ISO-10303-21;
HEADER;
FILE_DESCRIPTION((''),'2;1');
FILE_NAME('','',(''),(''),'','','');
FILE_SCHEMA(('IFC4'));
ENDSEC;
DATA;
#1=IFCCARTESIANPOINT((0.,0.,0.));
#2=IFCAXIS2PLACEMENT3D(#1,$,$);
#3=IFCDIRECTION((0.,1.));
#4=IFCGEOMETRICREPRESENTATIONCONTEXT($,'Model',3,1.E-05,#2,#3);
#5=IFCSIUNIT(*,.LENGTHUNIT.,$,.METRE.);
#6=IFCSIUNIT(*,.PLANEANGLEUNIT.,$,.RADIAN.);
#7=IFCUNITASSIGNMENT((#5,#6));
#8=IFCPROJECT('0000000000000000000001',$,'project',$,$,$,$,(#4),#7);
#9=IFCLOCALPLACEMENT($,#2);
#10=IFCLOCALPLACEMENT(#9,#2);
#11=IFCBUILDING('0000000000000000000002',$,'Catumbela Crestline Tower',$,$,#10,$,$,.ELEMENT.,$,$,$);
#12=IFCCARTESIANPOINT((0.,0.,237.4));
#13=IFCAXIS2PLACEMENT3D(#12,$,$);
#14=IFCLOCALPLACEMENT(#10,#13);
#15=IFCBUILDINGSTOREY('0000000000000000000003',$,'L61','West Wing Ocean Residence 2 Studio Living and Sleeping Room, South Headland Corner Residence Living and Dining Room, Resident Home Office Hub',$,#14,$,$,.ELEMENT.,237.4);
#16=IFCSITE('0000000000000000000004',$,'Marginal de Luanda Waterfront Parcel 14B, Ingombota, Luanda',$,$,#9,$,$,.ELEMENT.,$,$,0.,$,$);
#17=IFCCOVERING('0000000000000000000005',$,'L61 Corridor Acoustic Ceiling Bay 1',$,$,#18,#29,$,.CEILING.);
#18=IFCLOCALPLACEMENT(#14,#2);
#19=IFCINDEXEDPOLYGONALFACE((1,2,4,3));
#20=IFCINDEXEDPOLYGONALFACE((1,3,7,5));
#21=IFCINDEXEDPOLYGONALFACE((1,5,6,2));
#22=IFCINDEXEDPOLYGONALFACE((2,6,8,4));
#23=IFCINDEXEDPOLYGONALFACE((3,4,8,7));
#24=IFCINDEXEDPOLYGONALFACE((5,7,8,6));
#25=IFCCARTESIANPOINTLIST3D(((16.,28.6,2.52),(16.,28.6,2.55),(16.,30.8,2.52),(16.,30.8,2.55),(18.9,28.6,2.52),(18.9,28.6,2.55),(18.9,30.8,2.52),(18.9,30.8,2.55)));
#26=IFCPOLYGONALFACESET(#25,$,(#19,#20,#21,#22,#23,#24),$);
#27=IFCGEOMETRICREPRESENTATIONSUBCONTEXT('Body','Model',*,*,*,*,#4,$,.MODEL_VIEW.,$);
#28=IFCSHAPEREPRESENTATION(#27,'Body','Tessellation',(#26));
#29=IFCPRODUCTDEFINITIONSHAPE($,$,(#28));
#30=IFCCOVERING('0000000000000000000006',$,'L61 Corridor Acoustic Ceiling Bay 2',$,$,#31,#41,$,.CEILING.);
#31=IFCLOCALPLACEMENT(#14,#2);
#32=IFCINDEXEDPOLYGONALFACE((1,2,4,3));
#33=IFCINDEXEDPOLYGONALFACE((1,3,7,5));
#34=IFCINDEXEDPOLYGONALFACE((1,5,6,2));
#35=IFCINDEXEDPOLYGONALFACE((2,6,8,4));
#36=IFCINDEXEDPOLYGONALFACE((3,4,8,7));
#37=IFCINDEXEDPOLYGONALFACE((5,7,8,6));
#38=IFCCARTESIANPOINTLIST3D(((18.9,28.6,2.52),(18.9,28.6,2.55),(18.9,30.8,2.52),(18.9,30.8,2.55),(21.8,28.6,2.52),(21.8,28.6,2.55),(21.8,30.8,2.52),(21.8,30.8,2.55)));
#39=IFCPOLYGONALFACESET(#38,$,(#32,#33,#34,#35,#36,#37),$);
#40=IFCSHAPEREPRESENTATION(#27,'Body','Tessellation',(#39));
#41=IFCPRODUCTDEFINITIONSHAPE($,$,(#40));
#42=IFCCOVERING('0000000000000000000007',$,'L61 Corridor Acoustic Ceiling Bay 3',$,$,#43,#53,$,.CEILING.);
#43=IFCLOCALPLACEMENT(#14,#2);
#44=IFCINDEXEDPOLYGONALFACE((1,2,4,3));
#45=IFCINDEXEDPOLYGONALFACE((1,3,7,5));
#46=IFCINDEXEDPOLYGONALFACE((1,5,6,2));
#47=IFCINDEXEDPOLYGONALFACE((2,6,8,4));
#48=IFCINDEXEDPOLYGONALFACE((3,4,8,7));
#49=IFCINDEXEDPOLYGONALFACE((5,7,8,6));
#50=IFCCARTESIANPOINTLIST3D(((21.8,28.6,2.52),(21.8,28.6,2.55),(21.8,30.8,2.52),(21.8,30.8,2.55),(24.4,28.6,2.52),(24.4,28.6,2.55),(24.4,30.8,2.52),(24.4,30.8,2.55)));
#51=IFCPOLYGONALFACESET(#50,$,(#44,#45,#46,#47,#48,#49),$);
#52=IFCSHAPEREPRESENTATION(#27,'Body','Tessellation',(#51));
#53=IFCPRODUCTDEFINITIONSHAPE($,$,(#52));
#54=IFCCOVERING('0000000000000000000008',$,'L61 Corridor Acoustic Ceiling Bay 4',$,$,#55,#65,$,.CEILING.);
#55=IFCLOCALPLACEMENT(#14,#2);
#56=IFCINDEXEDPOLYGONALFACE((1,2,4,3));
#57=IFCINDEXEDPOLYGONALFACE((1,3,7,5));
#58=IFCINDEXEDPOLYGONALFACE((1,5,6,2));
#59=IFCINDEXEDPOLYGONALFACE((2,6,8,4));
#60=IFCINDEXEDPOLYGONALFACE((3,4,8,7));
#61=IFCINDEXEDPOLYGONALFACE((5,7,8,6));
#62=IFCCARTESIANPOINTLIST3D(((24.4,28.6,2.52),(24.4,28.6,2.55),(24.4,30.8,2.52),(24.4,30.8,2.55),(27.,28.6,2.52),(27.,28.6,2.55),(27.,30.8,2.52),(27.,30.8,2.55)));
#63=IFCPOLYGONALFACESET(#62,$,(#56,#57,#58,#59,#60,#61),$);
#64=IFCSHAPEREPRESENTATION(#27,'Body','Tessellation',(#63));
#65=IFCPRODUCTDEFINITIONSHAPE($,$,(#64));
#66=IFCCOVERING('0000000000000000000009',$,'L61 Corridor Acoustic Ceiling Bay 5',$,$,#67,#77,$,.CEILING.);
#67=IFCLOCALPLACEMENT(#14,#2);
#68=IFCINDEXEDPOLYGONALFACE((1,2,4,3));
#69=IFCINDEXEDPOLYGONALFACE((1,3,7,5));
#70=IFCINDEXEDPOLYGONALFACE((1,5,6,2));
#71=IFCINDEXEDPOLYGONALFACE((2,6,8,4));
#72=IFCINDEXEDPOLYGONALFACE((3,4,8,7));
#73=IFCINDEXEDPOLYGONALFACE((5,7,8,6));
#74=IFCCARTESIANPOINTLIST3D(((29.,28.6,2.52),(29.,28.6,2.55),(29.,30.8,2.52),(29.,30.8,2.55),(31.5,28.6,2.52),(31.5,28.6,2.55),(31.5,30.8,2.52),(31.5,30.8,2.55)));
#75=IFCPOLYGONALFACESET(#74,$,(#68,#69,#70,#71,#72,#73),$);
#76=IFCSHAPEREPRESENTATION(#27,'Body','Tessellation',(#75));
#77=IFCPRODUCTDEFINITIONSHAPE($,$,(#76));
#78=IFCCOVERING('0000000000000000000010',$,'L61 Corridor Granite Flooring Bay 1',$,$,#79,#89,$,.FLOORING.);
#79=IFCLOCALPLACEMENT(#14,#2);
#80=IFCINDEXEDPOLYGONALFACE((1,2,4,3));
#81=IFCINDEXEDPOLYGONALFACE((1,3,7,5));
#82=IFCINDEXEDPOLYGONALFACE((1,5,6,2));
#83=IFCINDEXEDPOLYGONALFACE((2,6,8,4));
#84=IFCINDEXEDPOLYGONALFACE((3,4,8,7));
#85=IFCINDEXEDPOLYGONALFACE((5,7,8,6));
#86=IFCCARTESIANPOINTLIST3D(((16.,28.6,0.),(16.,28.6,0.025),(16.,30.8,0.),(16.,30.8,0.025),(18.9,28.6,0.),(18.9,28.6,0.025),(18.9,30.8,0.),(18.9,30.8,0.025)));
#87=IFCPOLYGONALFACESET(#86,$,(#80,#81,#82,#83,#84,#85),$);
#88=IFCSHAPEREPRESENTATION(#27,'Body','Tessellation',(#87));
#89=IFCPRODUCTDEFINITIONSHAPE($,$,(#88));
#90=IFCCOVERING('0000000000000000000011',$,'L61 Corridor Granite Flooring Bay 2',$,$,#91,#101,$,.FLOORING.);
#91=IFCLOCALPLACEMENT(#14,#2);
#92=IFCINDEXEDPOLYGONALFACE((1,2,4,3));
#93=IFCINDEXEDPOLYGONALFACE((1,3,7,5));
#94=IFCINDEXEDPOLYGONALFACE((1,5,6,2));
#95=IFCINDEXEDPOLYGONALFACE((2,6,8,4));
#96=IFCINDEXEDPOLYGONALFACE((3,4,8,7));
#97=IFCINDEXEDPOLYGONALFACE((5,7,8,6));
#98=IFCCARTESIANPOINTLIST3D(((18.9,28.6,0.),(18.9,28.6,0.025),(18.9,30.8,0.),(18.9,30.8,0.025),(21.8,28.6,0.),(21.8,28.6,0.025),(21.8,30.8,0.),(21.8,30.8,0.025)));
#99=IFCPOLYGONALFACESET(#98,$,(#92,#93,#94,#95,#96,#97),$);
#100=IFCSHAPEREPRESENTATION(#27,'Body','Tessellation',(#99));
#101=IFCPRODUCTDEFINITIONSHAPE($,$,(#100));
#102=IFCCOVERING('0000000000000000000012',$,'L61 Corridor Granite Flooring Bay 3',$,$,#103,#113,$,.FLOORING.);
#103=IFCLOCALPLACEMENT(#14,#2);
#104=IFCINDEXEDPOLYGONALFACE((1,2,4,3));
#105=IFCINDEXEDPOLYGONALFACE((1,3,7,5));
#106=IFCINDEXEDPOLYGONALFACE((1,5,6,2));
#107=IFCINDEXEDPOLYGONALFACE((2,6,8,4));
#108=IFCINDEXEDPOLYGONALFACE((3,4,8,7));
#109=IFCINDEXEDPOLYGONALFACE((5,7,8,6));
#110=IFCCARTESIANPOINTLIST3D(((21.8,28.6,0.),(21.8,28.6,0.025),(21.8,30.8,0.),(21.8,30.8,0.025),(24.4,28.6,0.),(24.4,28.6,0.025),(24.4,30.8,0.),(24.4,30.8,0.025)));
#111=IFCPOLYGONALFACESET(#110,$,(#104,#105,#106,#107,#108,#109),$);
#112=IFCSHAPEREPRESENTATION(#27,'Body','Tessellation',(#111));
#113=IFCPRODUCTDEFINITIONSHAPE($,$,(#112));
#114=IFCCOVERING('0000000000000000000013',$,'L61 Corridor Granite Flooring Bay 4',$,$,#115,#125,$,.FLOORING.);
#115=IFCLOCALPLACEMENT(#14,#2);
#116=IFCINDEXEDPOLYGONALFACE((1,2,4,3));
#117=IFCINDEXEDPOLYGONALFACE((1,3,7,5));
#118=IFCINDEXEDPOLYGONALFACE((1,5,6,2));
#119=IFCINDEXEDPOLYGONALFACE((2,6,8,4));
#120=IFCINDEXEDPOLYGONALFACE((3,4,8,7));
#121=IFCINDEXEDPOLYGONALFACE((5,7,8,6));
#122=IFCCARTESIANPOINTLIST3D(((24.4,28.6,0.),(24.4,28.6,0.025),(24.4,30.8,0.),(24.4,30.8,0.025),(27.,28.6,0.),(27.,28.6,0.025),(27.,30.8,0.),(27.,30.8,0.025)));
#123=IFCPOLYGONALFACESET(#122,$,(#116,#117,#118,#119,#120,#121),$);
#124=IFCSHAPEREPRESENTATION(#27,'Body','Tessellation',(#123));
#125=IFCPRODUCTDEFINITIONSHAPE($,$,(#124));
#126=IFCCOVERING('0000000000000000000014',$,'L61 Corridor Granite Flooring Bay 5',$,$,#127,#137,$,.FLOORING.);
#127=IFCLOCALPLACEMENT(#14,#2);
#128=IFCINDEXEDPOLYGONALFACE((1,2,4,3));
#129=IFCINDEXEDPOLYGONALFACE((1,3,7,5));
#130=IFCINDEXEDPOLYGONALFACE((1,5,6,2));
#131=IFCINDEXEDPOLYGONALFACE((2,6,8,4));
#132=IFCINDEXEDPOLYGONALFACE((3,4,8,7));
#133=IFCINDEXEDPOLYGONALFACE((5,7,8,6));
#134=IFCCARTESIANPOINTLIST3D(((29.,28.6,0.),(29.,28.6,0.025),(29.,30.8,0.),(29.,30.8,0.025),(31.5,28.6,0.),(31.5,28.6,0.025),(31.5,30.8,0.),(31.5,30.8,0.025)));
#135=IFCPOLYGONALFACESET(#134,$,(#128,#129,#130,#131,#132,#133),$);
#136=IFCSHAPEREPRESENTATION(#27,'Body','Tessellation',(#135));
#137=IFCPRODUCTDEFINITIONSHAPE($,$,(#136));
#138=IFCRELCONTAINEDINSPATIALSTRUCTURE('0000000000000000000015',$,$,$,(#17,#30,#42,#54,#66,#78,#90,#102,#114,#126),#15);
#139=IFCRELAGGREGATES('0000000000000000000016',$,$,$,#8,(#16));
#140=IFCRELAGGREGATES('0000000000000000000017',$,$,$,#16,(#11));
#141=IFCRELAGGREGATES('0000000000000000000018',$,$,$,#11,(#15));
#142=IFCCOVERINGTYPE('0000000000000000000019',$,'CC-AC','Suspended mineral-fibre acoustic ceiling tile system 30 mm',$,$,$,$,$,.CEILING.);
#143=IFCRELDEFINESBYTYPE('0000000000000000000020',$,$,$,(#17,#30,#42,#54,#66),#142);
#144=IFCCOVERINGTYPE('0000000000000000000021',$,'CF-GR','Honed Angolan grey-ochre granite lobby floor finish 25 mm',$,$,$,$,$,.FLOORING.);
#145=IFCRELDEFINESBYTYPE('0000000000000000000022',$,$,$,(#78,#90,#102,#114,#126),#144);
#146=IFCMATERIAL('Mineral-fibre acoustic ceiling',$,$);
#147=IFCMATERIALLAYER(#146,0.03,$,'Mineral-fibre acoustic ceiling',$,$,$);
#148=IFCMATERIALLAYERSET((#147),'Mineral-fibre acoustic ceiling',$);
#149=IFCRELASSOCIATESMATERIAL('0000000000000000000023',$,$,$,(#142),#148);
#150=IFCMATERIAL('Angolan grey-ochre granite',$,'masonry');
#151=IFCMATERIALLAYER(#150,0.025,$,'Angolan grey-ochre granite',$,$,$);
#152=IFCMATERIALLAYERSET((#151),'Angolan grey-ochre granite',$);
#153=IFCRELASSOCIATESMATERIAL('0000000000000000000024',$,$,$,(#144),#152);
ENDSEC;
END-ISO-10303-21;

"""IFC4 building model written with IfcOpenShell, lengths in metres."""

from ifc_helpers import new_model, si_unit, direction, frame, origin, place, context, subcontext, project, spatial, polyline, outline, extrude, material, layer, layer_set, type_object, element, save


model = new_model("IFC4")

# Units and contexts
model_context = context("Model", 3, precision=1e-05, world=origin(), true_north=direction((0.0, 1.0)))
body_context = subcontext(model_context, "Body", "Model", "MODEL_VIEW")
ifc_project = project(units=[si_unit("LENGTHUNIT", "METRE"), si_unit("PLANEANGLEUNIT", "RADIAN")], contexts=[model_context])

# Site, building, storey
site_placement = place(None, origin())
site = spatial("IfcSite", under=ifc_project, at=site_placement, Name="Marginal de Luanda Waterfront Parcel 14B, Ingombota, Luanda", CompositionType="ELEMENT", RefElevation=0.0)
building_placement = place(site_placement, origin())
building = spatial("IfcBuilding", under=site, at=building_placement, Name="Catumbela Crestline Tower", CompositionType="ELEMENT")
storey_placement = place(building_placement, frame((0.0, 0.0, 237.4)))
storey = spatial("IfcBuildingStorey", under=building, at=storey_placement, Name="L61", Description="West Wing Ocean Residence 2 Studio Living and Sleeping Room, South Headland Corner Residence Living and Dining Room, Resident Home Office Hub", CompositionType="ELEMENT", Elevation=237.4)

# Coverings
ifc_material_1 = material(Name="Mineral-fibre acoustic ceiling")
ifc_layer_1 = layer(ifc_material_1, 0.03, Name="Mineral-fibre acoustic ceiling")
ifc_layer_set_1 = layer_set([ifc_layer_1], Name="Mineral-fibre acoustic ceiling")
covering_type_1 = type_object("IfcCoveringType", Name="CC-AC", Description="Suspended mineral-fibre acoustic ceiling tile system 30 mm", PredefinedType="CEILING", material=ifc_layer_set_1)
covering_1_placement = place(storey_placement, frame((0.0, 0.0, 2.52)))
element("IfcCovering", 1, at=covering_1_placement, inside=storey, type_object=covering_type_1, Name="L61 Corridor Acoustic Ceiling Bay 1", PredefinedType="CEILING", context=body_context, shape_type="SweptSolid", body=[
    extrude(outline(polyline([(16.0, 28.6), (18.9, 28.6), (18.9, 30.8), (16.0, 30.8), (16.0, 28.6)])), origin(), (0.0, 0.0, 1.0), 0.03),
])
covering_2_placement = place(storey_placement, frame((0.0, 0.0, 2.52)))
element("IfcCovering", 2, at=covering_2_placement, inside=storey, type_object=covering_type_1, Name="L61 Corridor Acoustic Ceiling Bay 2", PredefinedType="CEILING", context=body_context, shape_type="SweptSolid", body=[
    extrude(outline(polyline([(18.9, 28.6), (21.8, 28.6), (21.8, 30.8), (18.9, 30.8), (18.9, 28.6)])), origin(), (0.0, 0.0, 1.0), 0.03),
])
covering_3_placement = place(storey_placement, frame((0.0, 0.0, 2.52)))
element("IfcCovering", 3, at=covering_3_placement, inside=storey, type_object=covering_type_1, Name="L61 Corridor Acoustic Ceiling Bay 3", PredefinedType="CEILING", context=body_context, shape_type="SweptSolid", body=[
    extrude(outline(polyline([(21.8, 28.6), (24.4, 28.6), (24.4, 30.8), (21.8, 30.8), (21.8, 28.6)])), origin(), (0.0, 0.0, 1.0), 0.03),
])
covering_4_placement = place(storey_placement, frame((0.0, 0.0, 2.52)))
element("IfcCovering", 4, at=covering_4_placement, inside=storey, type_object=covering_type_1, Name="L61 Corridor Acoustic Ceiling Bay 4", PredefinedType="CEILING", context=body_context, shape_type="SweptSolid", body=[
    extrude(outline(polyline([(24.4, 28.6), (27.0, 28.6), (27.0, 30.8), (24.4, 30.8), (24.4, 28.6)])), origin(), (0.0, 0.0, 1.0), 0.03),
])
covering_5_placement = place(storey_placement, frame((0.0, 0.0, 2.52)))
element("IfcCovering", 5, at=covering_5_placement, inside=storey, type_object=covering_type_1, Name="L61 Corridor Acoustic Ceiling Bay 5", PredefinedType="CEILING", context=body_context, shape_type="SweptSolid", body=[
    extrude(outline(polyline([(29.0, 28.6), (31.5, 28.6), (31.5, 30.8), (29.0, 30.8), (29.0, 28.6)])), origin(), (0.0, 0.0, 1.0), 0.03),
])
ifc_material_2 = material(Name="Angolan grey-ochre granite", Category="masonry")
ifc_layer_2 = layer(ifc_material_2, 0.025, Name="Angolan grey-ochre granite")
ifc_layer_set_2 = layer_set([ifc_layer_2], Name="Angolan grey-ochre granite")
covering_type_2 = type_object("IfcCoveringType", Name="CF-GR", Description="Honed Angolan grey-ochre granite lobby floor finish 25 mm", PredefinedType="FLOORING", material=ifc_layer_set_2)
covering_6_placement = place(storey_placement, origin())
element("IfcCovering", 6, at=covering_6_placement, inside=storey, type_object=covering_type_2, Name="L61 Corridor Granite Flooring Bay 1", PredefinedType="FLOORING", context=body_context, shape_type="SweptSolid", body=[
    extrude(outline(polyline([(16.0, 28.6), (18.9, 28.6), (18.9, 30.8), (16.0, 30.8), (16.0, 28.6)])), origin(), (0.0, 0.0, 1.0), 0.025),
])
covering_7_placement = place(storey_placement, origin())
element("IfcCovering", 7, at=covering_7_placement, inside=storey, type_object=covering_type_2, Name="L61 Corridor Granite Flooring Bay 2", PredefinedType="FLOORING", context=body_context, shape_type="SweptSolid", body=[
    extrude(outline(polyline([(18.9, 28.6), (21.8, 28.6), (21.8, 30.8), (18.9, 30.8), (18.9, 28.6)])), origin(), (0.0, 0.0, 1.0), 0.025),
])
covering_8_placement = place(storey_placement, origin())
element("IfcCovering", 8, at=covering_8_placement, inside=storey, type_object=covering_type_2, Name="L61 Corridor Granite Flooring Bay 3", PredefinedType="FLOORING", context=body_context, shape_type="SweptSolid", body=[
    extrude(outline(polyline([(21.8, 28.6), (24.4, 28.6), (24.4, 30.8), (21.8, 30.8), (21.8, 28.6)])), origin(), (0.0, 0.0, 1.0), 0.025),
])
covering_9_placement = place(storey_placement, origin())
element("IfcCovering", 9, at=covering_9_placement, inside=storey, type_object=covering_type_2, Name="L61 Corridor Granite Flooring Bay 4", PredefinedType="FLOORING", context=body_context, shape_type="SweptSolid", body=[
    extrude(outline(polyline([(24.4, 28.6), (27.0, 28.6), (27.0, 30.8), (24.4, 30.8), (24.4, 28.6)])), origin(), (0.0, 0.0, 1.0), 0.025),
])
covering_10_placement = place(storey_placement, origin())
element("IfcCovering", 10, at=covering_10_placement, inside=storey, type_object=covering_type_2, Name="L61 Corridor Granite Flooring Bay 5", PredefinedType="FLOORING", context=body_context, shape_type="SweptSolid", body=[
    extrude(outline(polyline([(29.0, 28.6), (31.5, 28.6), (31.5, 30.8), (29.0, 30.8), (29.0, 28.6)])), origin(), (0.0, 0.0, 1.0), 0.025),
])

save(model, "model.ifc")
